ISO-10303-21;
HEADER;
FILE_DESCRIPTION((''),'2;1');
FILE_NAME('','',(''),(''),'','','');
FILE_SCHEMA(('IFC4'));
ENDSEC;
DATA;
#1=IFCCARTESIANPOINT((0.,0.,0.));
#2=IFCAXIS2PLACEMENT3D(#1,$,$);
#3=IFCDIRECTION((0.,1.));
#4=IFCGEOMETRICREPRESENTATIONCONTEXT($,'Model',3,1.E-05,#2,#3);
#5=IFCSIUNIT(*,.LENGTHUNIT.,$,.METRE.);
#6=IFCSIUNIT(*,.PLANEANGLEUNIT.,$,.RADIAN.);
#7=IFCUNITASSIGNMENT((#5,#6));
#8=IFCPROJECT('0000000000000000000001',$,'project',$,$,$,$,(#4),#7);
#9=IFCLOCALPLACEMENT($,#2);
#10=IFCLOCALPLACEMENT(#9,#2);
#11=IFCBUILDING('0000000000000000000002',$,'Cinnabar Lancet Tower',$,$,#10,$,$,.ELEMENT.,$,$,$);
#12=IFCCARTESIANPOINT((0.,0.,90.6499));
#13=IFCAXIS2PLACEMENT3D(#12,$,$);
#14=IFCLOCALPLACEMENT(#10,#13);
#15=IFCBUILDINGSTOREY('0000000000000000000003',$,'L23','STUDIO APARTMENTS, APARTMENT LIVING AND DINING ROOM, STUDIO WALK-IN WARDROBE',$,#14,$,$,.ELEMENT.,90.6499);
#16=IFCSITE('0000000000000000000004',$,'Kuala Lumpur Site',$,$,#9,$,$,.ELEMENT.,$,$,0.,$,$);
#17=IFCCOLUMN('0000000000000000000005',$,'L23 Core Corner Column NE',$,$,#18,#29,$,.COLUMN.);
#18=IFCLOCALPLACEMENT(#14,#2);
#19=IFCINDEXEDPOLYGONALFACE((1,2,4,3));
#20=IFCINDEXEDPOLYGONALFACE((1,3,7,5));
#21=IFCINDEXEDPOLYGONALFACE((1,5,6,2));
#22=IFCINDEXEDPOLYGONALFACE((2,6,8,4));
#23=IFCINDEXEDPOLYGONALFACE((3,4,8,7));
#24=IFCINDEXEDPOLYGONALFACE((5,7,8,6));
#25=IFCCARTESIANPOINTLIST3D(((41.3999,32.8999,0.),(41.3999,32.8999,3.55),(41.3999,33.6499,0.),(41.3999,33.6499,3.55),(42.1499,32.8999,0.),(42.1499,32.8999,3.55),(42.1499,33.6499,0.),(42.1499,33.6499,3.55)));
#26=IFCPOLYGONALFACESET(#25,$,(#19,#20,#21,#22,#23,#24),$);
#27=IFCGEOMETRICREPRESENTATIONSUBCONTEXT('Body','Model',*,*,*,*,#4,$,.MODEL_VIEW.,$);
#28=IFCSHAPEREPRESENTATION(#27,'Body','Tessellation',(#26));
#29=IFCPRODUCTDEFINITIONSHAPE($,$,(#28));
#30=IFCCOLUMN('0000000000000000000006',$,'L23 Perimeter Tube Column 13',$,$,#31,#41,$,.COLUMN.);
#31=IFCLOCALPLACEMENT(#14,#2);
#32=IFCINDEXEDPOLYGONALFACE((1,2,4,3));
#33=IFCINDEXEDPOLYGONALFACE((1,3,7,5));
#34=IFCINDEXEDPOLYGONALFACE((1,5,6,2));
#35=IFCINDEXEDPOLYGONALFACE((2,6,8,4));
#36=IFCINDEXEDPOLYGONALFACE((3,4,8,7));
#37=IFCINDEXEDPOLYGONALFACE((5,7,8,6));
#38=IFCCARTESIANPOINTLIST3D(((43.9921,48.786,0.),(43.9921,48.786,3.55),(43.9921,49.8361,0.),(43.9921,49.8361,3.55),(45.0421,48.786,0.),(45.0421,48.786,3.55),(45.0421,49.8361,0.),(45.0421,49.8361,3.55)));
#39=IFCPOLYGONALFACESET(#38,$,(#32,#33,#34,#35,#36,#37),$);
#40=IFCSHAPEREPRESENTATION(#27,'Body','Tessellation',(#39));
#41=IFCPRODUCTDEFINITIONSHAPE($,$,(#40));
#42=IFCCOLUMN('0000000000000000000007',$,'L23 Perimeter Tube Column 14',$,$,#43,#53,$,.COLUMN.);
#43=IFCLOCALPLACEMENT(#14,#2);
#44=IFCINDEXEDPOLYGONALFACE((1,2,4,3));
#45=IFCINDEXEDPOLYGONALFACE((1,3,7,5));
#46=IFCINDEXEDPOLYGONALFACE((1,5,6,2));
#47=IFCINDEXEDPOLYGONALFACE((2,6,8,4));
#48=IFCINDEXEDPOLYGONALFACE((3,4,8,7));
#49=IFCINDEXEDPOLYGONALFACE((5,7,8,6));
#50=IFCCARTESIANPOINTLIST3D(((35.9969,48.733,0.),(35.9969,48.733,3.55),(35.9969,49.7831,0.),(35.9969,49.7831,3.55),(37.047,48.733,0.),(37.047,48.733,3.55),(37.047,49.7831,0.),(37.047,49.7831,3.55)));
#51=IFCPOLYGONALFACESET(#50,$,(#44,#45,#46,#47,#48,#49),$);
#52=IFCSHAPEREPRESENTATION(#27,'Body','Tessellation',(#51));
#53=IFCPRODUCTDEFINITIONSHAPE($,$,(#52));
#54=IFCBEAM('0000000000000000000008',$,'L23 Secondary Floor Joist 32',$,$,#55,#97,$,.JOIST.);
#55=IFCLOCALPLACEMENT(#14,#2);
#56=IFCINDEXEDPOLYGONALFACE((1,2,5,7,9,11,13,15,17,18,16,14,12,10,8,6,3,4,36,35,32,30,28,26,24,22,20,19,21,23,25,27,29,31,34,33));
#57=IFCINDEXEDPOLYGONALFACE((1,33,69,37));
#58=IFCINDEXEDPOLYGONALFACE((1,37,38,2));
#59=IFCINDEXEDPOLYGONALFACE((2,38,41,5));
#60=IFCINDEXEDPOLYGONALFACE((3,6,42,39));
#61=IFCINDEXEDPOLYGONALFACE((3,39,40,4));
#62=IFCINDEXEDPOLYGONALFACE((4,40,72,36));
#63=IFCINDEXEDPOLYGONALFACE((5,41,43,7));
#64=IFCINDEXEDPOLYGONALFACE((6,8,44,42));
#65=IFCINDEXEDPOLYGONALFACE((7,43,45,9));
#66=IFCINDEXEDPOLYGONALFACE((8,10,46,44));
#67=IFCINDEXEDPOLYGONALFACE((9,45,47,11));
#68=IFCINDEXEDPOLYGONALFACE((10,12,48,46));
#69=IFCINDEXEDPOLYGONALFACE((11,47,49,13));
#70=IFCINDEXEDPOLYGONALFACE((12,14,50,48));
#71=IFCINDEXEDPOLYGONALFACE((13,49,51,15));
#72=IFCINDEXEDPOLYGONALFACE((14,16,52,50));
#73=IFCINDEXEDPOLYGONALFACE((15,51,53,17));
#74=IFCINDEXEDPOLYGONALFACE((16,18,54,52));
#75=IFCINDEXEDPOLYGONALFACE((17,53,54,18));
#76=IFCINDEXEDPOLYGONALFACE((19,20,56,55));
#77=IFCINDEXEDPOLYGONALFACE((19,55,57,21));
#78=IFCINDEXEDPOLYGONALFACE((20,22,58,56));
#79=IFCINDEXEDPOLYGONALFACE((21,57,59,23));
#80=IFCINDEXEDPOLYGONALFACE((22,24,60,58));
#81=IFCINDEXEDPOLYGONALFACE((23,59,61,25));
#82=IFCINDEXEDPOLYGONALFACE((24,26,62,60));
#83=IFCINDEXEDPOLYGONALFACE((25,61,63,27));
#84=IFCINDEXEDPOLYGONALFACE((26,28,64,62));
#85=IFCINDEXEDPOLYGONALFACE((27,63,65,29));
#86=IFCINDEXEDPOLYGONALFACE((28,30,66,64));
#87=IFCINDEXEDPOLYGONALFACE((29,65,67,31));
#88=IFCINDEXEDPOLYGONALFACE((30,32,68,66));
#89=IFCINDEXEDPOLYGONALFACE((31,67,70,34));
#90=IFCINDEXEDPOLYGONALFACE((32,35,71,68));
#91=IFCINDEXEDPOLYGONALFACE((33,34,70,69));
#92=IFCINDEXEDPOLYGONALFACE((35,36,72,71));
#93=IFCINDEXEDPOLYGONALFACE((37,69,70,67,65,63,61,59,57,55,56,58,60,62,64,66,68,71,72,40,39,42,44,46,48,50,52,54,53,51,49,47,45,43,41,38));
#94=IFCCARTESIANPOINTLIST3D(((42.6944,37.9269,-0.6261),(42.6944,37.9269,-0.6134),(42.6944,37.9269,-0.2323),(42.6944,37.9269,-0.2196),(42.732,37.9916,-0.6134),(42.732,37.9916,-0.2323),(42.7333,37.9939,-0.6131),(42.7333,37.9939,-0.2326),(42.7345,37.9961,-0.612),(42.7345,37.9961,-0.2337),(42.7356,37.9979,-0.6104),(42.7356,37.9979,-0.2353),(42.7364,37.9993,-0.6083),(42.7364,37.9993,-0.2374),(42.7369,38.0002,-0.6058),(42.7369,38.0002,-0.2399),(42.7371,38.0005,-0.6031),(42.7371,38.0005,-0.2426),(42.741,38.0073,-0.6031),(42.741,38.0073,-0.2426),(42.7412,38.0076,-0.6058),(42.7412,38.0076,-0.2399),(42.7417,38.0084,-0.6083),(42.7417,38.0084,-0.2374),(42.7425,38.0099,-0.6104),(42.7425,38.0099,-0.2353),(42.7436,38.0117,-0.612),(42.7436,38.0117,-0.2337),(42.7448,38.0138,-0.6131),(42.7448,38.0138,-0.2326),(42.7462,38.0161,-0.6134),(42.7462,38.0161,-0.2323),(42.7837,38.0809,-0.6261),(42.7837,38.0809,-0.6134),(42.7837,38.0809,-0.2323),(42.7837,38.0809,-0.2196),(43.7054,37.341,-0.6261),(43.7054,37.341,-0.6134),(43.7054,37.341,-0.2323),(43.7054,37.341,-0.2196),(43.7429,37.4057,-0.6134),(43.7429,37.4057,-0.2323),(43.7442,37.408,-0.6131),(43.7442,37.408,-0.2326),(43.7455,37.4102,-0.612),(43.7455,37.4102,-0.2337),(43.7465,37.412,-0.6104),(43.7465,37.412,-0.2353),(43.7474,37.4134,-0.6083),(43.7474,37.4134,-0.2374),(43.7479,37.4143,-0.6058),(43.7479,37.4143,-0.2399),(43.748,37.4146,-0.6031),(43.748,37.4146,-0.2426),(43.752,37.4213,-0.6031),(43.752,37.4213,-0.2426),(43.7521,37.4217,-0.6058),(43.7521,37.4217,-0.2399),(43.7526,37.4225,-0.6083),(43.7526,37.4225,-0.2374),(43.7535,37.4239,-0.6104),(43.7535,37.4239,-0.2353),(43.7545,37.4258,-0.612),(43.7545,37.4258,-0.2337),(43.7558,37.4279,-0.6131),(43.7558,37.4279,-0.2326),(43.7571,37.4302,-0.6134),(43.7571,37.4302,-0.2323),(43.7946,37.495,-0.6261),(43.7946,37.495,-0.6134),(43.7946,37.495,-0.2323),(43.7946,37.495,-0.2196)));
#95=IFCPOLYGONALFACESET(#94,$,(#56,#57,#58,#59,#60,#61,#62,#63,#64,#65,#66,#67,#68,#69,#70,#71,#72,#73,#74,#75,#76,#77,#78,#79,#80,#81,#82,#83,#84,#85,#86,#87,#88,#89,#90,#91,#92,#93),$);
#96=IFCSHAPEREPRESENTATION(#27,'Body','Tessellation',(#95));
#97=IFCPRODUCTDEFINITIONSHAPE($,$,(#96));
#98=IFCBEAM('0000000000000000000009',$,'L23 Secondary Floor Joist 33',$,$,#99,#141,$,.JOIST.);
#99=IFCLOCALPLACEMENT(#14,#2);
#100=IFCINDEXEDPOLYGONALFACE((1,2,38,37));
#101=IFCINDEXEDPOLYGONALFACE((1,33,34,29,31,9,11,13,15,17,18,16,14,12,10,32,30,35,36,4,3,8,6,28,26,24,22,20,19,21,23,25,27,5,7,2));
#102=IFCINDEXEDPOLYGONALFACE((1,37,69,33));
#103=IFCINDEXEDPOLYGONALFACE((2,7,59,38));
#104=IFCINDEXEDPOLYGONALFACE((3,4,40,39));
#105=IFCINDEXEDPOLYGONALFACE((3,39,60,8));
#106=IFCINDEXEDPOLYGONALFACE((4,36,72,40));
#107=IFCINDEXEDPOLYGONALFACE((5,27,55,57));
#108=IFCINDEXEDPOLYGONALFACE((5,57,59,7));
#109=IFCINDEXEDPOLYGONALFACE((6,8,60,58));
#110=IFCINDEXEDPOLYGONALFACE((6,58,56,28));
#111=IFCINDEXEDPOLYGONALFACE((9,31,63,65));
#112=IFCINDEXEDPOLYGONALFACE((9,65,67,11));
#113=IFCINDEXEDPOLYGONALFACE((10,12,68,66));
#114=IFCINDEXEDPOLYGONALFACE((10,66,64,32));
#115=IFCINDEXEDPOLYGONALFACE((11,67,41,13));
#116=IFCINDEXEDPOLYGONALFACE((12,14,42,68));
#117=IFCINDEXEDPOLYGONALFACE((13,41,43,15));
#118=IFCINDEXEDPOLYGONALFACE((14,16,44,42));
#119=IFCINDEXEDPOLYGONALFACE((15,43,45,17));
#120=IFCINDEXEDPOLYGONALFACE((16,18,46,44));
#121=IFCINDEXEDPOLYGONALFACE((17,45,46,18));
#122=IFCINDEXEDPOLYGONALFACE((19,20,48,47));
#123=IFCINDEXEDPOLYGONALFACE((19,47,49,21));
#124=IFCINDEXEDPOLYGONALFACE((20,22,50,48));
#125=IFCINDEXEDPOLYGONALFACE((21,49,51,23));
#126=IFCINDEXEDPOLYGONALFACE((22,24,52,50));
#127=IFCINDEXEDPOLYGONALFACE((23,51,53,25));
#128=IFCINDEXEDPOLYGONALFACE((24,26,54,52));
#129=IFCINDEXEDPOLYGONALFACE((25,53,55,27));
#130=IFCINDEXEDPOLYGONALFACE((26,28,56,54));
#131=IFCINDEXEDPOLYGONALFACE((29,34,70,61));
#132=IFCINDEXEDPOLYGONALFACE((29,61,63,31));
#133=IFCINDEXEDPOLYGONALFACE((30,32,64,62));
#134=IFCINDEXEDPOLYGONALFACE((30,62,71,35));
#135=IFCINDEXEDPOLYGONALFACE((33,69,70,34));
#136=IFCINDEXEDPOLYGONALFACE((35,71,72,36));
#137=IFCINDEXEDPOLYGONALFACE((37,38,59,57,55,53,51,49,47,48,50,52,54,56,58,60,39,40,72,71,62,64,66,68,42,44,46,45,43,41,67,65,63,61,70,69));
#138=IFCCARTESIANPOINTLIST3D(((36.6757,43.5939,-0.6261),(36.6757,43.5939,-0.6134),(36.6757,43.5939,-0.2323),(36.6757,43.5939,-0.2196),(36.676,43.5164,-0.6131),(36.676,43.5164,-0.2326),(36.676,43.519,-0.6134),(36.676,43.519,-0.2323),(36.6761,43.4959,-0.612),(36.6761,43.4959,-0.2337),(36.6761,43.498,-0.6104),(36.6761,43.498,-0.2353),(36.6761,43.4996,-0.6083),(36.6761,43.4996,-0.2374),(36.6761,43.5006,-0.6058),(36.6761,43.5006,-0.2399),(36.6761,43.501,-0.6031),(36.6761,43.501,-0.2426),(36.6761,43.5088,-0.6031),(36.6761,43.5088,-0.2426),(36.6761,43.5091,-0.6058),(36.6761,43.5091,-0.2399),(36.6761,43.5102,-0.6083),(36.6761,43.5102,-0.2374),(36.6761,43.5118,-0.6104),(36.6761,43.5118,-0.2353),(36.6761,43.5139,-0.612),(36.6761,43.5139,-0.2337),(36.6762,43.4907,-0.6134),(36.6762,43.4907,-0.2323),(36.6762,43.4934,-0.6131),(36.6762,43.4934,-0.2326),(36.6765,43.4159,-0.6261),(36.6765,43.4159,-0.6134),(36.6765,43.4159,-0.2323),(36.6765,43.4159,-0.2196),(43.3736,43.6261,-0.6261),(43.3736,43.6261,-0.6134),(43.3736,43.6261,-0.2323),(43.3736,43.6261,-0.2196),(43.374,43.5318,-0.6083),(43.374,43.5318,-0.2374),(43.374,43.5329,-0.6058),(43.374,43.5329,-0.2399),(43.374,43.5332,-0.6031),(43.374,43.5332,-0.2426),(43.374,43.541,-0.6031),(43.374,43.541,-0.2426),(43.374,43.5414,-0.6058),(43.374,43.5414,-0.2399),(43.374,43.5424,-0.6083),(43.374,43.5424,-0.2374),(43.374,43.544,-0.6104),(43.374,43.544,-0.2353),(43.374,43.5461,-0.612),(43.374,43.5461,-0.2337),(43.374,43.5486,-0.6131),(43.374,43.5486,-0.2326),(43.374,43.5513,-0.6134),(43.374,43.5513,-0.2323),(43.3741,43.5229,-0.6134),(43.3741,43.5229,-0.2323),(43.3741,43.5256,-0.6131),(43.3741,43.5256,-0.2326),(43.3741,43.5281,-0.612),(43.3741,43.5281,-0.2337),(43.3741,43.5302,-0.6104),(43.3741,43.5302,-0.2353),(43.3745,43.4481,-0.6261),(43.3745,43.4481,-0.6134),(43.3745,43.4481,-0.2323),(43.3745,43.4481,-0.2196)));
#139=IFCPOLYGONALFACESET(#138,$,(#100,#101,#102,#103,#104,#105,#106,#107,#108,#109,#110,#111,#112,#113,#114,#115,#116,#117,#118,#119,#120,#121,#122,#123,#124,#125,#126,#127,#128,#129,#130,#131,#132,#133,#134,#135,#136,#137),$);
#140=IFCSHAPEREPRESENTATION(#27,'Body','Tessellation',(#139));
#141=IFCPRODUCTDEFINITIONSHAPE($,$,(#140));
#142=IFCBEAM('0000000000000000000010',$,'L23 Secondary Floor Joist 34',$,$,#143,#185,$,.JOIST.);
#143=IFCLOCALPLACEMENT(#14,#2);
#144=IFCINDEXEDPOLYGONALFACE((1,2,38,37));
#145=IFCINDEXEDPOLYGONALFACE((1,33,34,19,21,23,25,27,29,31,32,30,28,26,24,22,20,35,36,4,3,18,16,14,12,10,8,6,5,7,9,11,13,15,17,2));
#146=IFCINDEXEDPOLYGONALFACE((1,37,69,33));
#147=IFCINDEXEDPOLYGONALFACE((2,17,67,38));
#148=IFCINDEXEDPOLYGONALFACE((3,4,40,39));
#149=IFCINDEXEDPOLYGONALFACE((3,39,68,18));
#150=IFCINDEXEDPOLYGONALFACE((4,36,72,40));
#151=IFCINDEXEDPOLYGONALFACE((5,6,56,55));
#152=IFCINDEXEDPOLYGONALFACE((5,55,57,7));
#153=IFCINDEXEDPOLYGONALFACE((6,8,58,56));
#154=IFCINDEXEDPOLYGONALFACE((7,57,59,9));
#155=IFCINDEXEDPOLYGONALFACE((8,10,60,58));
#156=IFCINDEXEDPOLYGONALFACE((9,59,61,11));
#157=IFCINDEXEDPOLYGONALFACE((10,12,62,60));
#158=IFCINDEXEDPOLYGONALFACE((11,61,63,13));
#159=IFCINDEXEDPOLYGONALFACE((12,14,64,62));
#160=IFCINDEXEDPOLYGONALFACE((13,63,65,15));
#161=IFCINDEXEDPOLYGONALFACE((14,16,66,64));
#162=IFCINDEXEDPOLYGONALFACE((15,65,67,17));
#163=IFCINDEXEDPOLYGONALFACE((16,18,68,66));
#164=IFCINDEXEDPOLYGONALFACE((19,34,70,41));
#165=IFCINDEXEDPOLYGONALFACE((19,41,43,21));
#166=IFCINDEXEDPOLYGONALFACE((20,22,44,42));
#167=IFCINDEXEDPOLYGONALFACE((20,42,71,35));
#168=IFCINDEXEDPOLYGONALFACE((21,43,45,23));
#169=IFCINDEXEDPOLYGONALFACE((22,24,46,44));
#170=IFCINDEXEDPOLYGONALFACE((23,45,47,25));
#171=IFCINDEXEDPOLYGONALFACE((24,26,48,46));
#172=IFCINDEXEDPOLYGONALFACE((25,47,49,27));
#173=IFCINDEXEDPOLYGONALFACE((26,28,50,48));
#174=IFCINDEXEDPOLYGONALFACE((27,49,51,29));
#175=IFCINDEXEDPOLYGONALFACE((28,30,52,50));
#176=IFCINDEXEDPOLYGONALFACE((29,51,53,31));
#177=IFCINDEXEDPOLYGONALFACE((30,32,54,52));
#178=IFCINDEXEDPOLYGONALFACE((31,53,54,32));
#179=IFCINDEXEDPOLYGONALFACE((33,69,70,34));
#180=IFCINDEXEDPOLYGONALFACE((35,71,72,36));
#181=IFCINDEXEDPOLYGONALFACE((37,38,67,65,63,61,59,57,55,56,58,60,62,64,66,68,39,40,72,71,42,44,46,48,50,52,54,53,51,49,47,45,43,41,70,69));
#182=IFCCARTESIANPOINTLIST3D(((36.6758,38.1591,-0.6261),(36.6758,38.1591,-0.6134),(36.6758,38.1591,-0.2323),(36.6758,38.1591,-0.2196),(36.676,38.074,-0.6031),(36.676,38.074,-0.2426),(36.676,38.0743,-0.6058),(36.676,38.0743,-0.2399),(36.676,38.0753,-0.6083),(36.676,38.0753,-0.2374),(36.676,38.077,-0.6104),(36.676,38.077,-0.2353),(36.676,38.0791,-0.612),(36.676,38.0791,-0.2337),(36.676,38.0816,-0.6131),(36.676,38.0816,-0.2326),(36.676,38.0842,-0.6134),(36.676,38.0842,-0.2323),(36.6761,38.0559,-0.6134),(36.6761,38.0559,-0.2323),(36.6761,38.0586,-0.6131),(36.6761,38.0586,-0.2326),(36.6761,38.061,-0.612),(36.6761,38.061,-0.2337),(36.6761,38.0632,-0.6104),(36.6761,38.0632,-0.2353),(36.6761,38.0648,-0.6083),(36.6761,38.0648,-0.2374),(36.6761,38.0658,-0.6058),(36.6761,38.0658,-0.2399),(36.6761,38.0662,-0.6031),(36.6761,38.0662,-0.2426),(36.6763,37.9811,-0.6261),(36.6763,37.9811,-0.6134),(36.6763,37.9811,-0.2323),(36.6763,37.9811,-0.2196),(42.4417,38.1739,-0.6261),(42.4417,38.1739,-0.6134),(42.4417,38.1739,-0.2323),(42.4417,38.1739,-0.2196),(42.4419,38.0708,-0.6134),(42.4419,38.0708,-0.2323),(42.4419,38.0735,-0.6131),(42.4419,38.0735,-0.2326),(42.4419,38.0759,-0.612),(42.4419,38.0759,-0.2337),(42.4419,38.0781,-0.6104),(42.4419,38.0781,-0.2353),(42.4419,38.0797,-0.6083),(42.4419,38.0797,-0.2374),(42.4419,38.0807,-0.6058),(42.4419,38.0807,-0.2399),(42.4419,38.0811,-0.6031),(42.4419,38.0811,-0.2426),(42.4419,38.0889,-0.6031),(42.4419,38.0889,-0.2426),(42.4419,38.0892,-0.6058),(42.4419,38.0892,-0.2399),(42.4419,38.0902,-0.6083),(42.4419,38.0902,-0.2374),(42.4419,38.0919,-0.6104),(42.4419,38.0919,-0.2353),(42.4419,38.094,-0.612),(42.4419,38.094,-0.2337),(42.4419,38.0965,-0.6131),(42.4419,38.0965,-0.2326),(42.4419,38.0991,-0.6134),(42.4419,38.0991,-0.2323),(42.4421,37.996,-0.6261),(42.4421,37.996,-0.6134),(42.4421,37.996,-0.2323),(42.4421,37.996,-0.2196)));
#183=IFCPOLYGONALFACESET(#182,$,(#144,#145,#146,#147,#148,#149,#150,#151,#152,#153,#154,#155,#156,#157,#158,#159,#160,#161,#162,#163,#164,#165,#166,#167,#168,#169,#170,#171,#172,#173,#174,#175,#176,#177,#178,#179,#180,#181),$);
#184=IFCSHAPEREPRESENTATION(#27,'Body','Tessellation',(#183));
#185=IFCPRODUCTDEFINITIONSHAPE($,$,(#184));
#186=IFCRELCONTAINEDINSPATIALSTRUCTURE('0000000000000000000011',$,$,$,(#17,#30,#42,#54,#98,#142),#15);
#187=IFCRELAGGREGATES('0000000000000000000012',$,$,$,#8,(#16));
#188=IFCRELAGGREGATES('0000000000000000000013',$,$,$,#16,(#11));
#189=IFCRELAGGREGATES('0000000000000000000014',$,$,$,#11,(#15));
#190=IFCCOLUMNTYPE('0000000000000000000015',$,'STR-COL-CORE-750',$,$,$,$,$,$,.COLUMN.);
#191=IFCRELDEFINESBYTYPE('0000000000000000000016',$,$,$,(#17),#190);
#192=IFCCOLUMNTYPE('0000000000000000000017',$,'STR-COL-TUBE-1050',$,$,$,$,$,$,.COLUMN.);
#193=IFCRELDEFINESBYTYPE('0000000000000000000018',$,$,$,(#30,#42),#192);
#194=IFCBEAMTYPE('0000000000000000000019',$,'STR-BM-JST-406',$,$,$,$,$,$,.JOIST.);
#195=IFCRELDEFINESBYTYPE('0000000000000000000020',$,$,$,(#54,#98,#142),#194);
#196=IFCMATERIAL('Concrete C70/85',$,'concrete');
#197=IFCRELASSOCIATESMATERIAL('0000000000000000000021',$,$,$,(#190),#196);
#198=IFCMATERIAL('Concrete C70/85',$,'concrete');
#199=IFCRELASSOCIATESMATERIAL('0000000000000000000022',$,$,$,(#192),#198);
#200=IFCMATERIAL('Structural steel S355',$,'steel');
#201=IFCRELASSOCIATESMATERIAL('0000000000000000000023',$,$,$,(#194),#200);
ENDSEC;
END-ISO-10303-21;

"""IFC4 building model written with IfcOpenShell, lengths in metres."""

from ifc_helpers import new_model, si_unit, direction, frame, origin, origin_2d, place, context, subcontext, project, spatial, rectangle, i_section, extrude, material, material_profile, profile_set, type_object, element, save


model = new_model("IFC4")

# Units and contexts
model_context = context("Model", 3, precision=1e-05, world=origin(), true_north=direction((0.0, 1.0)))
body_context = subcontext(model_context, "Body", "Model", "MODEL_VIEW")
ifc_project = project(units=[si_unit("LENGTHUNIT", "METRE"), si_unit("PLANEANGLEUNIT", "RADIAN")], contexts=[model_context])

# Site, building, storey
site_placement = place(None, origin())
site = spatial("IfcSite", under=ifc_project, at=site_placement, Name="Kuala Lumpur Site", CompositionType="ELEMENT", RefElevation=0.0)
building_placement = place(site_placement, origin())
building = spatial("IfcBuilding", under=site, at=building_placement, Name="Cinnabar Lancet Tower", CompositionType="ELEMENT")
storey_placement = place(building_placement, frame((0.0, 0.0, 90.6499)))
storey = spatial("IfcBuildingStorey", under=building, at=storey_placement, Name="L23", Description="STUDIO APARTMENTS, APARTMENT LIVING AND DINING ROOM, STUDIO WALK-IN WARDROBE", CompositionType="ELEMENT", Elevation=90.6499)

# Columns
ifc_material_1 = material(Name="Concrete C70/85", Category="concrete")
ifc_material_profile_1 = material_profile(ifc_material_1, rectangle(XDim=0.75, YDim=0.75, at=origin_2d()), Name="RC-COL 750x750")
ifc_profile_set_1 = profile_set([ifc_material_profile_1], Name="Concrete C70/85")
column_type_1 = type_object("IfcColumnType", Name="STR-COL-CORE-750", PredefinedType="COLUMN", material=ifc_profile_set_1)
column_placement = place(storey_placement, frame((41.7749, 33.2749, 0.0), z_axis=(0.0, 0.0, 1.0), x_axis=(1.0, 0.0, 0.0)))
element("IfcColumn", 1, at=column_placement, inside=storey, type_object=column_type_1, Name="L23 Core Corner Column NE", PredefinedType="COLUMN", context=body_context, shape_type="SweptSolid", body=[
    extrude(rectangle(XDim=0.75, YDim=0.75, at=origin_2d()), origin(), (0.0, 0.0, 1.0), 3.55),
])
ifc_material_2 = material(Name="Concrete C70/85", Category="concrete")
ifc_material_profile_2 = material_profile(ifc_material_2, rectangle(XDim=1.05, YDim=1.05, at=origin_2d()), Name="RC-COL 1050x1050")
ifc_profile_set_2 = profile_set([ifc_material_profile_2], Name="Concrete C70/85")
column_type_2 = type_object("IfcColumnType", Name="STR-COL-TUBE-1050", PredefinedType="COLUMN", material=ifc_profile_set_2)
for number, where, z_axis, x_axis, name in (
    (2, (44.5171, 49.311, 0.0), (0.0, 0.0, 1.0), (1.0, 0.0, 0.0), "L23 Perimeter Tube Column 13"),
    (3, (36.522, 49.2581, 0.0), (0.0, 0.0, 1.0), (1.0, 0.0, 0.0), "L23 Perimeter Tube Column 14"),
):
    element("IfcColumn", number, at=place(storey_placement, frame(where, z_axis=z_axis, x_axis=x_axis)), inside=storey, type_object=column_type_2, Name=name, PredefinedType="COLUMN", context=body_context, shape_type="SweptSolid", body=[
        extrude(rectangle(XDim=1.05, YDim=1.05, at=origin_2d()), origin(), (0.0, 0.0, 1.0), 3.55),
    ])

# Beams
ifc_material_3 = material(Name="Structural steel S355", Category="steel")
ifc_material_profile_3 = material_profile(ifc_material_3, i_section(OverallWidth=0.178, OverallDepth=0.4065, WebThickness=0.0078, FlangeThickness=0.0127, FilletRadius=0.0103, at=origin_2d()), Name="UKB 406x178x60")
ifc_profile_set_3 = profile_set([ifc_material_profile_3], Name="Structural steel S355")
beam_type_1 = type_object("IfcBeamType", Name="STR-BM-JST-406", PredefinedType="JOIST", material=ifc_profile_set_3)
beam_1_placement = place(storey_placement, frame((43.75, 37.418, -0.4229), z_axis=(-0.865193, 0.50144, 0.0), x_axis=(-0.50144, -0.865193, 0.0)))
element("IfcBeam", 4, at=beam_1_placement, inside=storey, type_object=beam_type_1, Name="L23 Secondary Floor Joist 32", PredefinedType="JOIST", context=body_context, shape_type="SweptSolid", body=[
    extrude(i_section(OverallWidth=0.178, OverallDepth=0.4065, WebThickness=0.0078, FlangeThickness=0.0127, FilletRadius=0.0103, at=origin_2d()), origin(), (0.0, 0.0, 1.0), 1.1685),
])
beam_2_placement = place(storey_placement, frame((43.374, 43.5371, -0.4229), z_axis=(-0.999988, -0.004811, 0.0), x_axis=(0.004811, -0.999988, 0.0)))
element("IfcBeam", 5, at=beam_2_placement, inside=storey, type_object=beam_type_1, Name="L23 Secondary Floor Joist 33", PredefinedType="JOIST", context=body_context, shape_type="SweptSolid", body=[
    extrude(i_section(OverallWidth=0.178, OverallDepth=0.4065, WebThickness=0.0078, FlangeThickness=0.0127, FilletRadius=0.0103, at=origin_2d()), origin(), (0.0, 0.0, 1.0), 6.698),
])
beam_3_placement = place(storey_placement, frame((42.4419, 38.085, -0.4229), z_axis=(-0.999997, -0.002583, 0.0), x_axis=(0.002583, -0.999997, 0.0)))
element("IfcBeam", 6, at=beam_3_placement, inside=storey, type_object=beam_type_1, Name="L23 Secondary Floor Joist 34", PredefinedType="JOIST", context=body_context, shape_type="SweptSolid", body=[
    extrude(i_section(OverallWidth=0.178, OverallDepth=0.4065, WebThickness=0.0078, FlangeThickness=0.0127, FilletRadius=0.0103, at=origin_2d()), origin(), (0.0, 0.0, 1.0), 5.7659),
])

save(model, "model.ifc")
